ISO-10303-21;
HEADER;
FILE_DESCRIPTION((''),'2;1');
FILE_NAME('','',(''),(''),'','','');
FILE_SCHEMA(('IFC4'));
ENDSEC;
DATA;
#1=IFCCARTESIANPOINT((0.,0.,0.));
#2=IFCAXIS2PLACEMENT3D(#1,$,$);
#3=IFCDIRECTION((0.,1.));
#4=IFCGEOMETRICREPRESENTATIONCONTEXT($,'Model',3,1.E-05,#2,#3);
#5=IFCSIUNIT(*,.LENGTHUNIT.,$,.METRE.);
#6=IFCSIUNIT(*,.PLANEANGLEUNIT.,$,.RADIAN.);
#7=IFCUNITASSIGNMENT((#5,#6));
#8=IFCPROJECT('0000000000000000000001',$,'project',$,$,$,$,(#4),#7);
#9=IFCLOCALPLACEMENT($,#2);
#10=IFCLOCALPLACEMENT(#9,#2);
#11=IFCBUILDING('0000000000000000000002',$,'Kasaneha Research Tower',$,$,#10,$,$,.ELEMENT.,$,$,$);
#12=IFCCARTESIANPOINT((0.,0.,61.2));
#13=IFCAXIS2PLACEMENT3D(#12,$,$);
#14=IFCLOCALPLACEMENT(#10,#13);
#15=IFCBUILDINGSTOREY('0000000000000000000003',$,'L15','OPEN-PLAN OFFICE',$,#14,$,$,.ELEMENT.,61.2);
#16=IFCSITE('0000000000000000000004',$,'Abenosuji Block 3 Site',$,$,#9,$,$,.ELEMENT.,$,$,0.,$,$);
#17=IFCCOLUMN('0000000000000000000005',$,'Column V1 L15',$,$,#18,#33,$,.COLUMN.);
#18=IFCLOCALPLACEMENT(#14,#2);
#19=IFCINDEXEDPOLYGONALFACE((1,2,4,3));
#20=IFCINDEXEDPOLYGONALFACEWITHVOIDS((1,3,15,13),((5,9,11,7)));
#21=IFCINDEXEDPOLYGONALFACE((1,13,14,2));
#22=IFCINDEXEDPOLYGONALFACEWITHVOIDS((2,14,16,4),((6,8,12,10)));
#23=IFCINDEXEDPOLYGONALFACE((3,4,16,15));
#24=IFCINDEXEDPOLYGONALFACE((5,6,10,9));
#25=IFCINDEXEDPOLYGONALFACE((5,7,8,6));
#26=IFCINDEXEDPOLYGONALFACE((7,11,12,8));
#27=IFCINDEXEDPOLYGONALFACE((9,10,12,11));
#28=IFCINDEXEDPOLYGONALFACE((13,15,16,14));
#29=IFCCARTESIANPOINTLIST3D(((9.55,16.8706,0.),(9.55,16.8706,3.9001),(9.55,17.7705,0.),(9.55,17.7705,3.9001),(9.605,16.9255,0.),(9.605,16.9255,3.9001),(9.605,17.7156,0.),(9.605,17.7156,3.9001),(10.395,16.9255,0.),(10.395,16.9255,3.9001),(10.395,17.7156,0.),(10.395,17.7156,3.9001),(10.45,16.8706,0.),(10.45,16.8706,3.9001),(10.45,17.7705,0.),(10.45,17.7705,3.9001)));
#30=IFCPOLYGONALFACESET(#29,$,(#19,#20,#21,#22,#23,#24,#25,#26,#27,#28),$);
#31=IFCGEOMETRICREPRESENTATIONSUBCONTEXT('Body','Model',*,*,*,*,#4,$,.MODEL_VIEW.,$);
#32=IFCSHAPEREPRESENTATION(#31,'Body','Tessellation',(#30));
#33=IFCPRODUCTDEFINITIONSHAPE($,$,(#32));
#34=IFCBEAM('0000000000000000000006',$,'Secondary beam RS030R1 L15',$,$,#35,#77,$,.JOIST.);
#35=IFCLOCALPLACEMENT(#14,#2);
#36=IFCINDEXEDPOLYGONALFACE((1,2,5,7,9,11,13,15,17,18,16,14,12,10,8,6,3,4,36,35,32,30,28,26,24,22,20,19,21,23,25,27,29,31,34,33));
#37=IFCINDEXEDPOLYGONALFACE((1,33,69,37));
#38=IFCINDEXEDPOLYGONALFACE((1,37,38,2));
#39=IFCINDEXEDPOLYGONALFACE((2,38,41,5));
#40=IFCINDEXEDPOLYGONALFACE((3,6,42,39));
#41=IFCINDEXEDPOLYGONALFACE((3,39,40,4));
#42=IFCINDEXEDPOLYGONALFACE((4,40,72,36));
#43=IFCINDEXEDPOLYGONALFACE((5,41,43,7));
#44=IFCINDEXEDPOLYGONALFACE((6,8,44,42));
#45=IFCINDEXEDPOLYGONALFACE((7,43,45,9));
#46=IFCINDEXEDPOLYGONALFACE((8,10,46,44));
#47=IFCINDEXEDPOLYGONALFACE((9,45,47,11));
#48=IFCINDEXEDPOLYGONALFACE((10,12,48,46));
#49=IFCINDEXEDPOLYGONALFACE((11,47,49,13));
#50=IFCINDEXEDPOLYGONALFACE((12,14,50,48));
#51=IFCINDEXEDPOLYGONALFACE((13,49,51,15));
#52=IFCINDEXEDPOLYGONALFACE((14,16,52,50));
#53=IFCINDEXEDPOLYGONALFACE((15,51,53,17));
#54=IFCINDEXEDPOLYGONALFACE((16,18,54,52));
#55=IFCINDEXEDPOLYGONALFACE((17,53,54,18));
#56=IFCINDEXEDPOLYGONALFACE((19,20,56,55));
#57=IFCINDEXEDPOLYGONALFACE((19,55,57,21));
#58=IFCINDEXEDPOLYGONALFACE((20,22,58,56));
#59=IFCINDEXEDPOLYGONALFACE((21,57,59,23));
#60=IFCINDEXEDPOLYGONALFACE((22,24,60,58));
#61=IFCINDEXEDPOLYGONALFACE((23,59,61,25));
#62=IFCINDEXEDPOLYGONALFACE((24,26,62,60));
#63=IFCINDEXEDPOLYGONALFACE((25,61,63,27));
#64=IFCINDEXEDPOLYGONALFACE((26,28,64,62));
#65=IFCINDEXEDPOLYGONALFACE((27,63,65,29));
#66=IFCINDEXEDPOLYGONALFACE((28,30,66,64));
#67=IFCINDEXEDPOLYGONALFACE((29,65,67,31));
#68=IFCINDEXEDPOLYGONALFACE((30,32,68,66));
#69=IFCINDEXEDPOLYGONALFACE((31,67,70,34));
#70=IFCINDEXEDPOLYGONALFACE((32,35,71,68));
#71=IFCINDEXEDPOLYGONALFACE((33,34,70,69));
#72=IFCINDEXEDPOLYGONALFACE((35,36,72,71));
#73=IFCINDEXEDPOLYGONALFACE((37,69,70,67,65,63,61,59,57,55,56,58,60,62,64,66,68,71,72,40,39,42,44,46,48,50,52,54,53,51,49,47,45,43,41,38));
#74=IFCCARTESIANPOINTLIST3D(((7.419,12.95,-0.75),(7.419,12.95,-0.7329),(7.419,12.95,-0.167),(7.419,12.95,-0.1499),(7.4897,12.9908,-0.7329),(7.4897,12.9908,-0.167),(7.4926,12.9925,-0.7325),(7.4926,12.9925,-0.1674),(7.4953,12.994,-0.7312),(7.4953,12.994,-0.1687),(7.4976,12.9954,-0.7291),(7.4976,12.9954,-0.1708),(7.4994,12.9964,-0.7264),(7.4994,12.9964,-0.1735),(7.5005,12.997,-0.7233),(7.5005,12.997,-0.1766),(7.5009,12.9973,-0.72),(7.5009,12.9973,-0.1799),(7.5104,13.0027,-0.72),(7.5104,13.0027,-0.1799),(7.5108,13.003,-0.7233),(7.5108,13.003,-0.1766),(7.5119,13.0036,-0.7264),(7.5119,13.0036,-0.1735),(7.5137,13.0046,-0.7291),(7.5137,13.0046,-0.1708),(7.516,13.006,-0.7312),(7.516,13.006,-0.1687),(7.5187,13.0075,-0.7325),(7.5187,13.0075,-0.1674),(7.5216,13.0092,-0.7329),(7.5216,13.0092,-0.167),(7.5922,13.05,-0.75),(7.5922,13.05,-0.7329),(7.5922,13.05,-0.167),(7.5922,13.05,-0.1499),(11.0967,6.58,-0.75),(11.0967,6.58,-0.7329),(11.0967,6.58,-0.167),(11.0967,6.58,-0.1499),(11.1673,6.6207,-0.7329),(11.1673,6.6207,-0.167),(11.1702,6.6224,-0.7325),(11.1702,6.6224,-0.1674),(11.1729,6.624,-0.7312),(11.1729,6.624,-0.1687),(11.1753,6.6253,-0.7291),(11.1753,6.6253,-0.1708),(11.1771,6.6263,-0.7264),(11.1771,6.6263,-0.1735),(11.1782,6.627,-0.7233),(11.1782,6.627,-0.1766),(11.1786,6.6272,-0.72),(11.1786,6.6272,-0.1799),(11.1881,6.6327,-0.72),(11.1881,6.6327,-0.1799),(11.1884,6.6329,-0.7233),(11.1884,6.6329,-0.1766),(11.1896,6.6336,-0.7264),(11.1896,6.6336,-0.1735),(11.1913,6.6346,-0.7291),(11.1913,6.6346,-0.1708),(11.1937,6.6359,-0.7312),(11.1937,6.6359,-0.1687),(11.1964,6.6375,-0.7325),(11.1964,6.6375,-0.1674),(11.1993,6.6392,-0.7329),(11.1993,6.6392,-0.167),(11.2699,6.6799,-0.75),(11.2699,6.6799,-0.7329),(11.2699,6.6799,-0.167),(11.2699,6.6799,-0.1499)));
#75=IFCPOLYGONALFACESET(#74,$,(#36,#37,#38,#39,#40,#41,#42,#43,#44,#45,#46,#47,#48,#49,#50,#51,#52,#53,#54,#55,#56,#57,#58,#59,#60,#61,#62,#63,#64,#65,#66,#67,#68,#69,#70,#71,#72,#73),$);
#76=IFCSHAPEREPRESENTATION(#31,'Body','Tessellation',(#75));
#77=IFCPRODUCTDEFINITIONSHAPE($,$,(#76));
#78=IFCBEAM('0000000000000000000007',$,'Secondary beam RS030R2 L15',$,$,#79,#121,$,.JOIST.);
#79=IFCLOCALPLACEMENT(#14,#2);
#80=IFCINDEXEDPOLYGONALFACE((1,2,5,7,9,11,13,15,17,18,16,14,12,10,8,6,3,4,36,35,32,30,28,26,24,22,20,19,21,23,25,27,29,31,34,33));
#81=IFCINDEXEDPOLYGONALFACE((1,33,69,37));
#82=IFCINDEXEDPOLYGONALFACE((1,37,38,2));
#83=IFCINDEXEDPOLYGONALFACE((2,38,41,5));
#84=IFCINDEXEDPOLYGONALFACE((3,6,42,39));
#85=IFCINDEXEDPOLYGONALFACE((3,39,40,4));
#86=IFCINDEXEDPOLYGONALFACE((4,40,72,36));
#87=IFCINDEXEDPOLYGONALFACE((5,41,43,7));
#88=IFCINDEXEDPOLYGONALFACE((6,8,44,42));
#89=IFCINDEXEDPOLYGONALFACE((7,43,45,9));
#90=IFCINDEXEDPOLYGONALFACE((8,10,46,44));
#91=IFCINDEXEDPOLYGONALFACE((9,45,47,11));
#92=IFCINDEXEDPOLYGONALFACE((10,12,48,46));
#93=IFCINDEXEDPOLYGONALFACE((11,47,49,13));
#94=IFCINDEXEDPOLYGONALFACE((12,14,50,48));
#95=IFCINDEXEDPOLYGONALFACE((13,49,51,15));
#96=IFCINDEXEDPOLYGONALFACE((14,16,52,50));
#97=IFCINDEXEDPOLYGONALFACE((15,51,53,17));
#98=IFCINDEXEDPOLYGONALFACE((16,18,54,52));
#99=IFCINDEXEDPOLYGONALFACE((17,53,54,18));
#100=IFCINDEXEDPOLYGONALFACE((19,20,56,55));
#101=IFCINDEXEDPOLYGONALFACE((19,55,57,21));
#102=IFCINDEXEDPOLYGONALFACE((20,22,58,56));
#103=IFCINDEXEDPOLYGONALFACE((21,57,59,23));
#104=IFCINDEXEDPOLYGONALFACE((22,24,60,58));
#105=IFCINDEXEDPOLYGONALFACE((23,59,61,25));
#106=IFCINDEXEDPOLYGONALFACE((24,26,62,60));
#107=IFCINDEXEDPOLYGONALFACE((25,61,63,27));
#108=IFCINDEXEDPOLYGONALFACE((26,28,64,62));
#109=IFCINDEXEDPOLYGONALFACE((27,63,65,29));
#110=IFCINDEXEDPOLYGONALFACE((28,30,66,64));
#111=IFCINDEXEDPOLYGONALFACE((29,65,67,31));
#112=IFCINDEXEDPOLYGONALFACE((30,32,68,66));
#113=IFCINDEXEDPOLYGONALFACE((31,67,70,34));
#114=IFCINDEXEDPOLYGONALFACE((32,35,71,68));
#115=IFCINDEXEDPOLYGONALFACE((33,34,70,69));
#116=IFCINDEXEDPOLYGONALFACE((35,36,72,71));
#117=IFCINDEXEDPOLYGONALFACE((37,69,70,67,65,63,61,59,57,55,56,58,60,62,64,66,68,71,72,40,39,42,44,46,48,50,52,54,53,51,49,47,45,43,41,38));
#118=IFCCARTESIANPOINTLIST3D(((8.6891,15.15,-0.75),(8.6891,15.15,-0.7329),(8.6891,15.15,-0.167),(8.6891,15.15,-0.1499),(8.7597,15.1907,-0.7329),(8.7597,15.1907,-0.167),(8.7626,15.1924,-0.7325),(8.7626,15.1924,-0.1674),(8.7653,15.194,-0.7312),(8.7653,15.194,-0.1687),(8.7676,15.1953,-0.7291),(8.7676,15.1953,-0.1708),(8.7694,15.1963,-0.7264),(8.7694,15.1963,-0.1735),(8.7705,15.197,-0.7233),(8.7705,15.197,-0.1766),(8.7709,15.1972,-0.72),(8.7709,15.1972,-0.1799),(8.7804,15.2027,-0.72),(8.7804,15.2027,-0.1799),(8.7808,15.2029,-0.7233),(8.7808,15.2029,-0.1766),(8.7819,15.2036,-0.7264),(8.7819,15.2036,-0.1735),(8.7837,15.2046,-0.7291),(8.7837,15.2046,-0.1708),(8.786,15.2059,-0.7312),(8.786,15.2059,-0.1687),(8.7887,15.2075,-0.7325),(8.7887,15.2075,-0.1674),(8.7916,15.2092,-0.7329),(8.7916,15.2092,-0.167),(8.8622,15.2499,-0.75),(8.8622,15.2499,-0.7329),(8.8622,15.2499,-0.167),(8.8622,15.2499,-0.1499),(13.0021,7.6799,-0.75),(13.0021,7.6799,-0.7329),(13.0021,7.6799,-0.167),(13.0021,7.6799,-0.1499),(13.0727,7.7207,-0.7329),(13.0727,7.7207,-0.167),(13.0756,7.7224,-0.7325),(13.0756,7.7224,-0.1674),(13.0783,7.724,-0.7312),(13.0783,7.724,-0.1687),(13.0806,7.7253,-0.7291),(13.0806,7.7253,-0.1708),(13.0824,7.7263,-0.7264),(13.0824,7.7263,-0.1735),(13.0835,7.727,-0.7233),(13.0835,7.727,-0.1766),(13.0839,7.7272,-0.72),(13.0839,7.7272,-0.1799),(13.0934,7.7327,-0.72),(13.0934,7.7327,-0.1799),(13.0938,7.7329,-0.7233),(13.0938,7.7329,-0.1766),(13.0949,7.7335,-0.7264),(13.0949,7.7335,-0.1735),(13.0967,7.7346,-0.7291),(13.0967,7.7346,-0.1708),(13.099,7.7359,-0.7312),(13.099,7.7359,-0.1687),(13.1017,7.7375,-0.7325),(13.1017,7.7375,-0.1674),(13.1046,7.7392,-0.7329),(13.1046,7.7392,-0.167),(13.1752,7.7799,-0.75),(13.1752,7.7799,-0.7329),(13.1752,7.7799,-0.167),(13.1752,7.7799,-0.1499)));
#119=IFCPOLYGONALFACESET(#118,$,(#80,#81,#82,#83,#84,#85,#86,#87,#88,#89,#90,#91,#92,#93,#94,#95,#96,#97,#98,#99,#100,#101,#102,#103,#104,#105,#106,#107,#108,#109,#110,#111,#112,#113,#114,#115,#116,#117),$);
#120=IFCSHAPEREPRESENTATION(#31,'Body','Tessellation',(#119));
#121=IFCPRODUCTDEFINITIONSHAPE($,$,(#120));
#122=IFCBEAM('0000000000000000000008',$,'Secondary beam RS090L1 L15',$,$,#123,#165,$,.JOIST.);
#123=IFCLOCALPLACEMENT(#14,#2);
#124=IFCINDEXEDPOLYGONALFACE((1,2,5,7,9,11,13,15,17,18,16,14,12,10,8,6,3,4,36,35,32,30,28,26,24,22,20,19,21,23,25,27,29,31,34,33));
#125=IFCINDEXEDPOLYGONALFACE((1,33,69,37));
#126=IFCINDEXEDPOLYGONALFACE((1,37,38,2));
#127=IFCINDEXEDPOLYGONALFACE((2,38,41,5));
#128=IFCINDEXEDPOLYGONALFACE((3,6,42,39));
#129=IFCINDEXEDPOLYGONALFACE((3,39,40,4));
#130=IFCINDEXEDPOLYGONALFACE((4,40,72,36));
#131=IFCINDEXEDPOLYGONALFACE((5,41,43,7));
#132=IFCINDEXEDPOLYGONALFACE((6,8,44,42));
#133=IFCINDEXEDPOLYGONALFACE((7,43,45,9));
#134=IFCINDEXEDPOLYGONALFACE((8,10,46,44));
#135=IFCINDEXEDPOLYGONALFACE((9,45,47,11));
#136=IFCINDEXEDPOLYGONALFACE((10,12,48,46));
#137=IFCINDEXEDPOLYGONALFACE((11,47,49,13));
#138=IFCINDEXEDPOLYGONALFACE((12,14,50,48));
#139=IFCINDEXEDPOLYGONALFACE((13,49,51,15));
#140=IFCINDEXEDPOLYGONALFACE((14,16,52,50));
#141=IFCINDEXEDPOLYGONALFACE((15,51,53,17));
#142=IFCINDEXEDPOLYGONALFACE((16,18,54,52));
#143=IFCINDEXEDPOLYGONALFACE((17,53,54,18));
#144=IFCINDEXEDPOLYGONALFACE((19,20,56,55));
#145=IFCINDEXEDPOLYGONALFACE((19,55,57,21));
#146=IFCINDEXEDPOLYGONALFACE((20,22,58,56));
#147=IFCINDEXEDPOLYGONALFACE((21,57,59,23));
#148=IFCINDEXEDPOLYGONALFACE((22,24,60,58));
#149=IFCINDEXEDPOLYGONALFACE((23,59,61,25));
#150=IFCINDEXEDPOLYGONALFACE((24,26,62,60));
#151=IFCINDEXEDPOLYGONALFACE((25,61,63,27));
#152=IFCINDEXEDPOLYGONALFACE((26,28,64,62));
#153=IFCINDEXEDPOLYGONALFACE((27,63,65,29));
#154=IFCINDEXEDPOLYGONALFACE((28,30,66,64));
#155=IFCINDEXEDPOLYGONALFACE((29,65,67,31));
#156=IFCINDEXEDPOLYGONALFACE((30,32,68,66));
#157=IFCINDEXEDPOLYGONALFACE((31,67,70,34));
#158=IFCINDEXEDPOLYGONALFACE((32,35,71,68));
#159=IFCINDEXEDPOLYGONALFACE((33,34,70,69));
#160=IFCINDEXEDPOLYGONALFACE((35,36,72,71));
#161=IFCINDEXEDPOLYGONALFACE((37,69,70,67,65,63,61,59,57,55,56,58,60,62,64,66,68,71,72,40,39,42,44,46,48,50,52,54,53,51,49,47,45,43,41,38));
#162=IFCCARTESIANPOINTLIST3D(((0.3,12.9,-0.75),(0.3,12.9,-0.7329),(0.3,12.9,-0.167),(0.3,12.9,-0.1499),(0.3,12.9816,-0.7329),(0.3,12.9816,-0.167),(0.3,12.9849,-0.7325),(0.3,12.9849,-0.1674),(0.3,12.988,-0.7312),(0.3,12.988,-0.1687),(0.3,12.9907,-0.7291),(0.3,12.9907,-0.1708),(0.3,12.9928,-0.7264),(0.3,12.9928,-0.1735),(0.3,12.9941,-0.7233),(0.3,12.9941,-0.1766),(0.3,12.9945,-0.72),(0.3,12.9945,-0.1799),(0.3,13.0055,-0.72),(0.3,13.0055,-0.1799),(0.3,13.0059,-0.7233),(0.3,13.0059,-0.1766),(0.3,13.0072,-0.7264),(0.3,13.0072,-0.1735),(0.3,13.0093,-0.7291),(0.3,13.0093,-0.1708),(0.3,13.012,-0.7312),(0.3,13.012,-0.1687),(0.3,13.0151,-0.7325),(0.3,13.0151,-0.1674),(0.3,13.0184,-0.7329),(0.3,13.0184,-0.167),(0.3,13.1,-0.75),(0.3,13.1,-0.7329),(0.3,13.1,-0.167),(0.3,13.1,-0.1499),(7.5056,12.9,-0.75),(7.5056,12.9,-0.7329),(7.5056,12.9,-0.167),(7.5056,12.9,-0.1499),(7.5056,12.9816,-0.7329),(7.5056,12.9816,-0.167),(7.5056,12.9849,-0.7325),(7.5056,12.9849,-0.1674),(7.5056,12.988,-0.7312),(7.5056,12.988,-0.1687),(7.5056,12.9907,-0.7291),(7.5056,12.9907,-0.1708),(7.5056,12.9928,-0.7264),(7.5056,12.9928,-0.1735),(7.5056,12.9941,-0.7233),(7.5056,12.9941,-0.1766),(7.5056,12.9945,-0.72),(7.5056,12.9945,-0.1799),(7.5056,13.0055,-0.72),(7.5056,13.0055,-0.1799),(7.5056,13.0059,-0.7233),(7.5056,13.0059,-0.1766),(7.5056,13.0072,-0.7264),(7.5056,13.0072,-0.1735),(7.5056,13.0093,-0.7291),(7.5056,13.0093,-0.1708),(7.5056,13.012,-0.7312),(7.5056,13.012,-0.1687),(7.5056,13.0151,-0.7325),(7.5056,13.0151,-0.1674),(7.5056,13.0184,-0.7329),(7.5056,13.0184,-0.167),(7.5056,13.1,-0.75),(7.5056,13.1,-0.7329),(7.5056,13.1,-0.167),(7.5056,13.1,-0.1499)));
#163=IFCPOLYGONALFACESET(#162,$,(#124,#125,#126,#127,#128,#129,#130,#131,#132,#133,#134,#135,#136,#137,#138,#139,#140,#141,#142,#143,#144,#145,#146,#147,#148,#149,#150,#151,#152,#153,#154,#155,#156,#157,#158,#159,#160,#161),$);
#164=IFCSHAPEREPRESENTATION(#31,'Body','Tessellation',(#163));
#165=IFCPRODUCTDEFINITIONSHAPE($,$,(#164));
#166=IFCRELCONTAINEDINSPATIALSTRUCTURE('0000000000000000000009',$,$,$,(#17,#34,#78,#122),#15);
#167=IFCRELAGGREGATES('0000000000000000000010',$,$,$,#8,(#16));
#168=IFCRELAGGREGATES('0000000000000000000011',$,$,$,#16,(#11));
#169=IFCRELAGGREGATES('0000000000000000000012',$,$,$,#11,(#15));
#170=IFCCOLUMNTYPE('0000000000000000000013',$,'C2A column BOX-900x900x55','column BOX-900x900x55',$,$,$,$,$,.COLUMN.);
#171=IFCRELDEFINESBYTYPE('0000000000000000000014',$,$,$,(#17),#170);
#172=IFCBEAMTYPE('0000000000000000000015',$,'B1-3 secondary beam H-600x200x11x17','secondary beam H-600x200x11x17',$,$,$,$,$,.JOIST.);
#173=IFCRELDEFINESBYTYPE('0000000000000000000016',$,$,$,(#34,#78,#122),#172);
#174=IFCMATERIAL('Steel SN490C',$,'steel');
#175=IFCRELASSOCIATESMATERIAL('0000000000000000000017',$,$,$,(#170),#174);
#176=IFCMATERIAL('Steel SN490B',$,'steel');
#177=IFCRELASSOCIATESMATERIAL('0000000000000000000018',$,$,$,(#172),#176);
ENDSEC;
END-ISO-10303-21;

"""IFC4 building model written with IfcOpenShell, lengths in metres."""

from ifc_helpers import new_model, si_unit, direction, frame, origin, origin_2d, place, context, subcontext, project, spatial, hollow_rectangle, i_section, extrude, material, material_profile, profile_set, type_object, element, save


model = new_model("IFC4")

# Units and contexts
model_context = context("Model", 3, precision=1e-05, world=origin(), true_north=direction((0.0, 1.0)))
body_context = subcontext(model_context, "Body", "Model", "MODEL_VIEW")
ifc_project = project(units=[si_unit("LENGTHUNIT", "METRE"), si_unit("PLANEANGLEUNIT", "RADIAN")], contexts=[model_context])

# Site, building, storey
site_placement = place(None, origin())
site = spatial("IfcSite", under=ifc_project, at=site_placement, Name="Abenosuji Block 3 Site", CompositionType="ELEMENT", RefElevation=0.0)
building_placement = place(site_placement, origin())
building = spatial("IfcBuilding", under=site, at=building_placement, Name="Kasaneha Research Tower", CompositionType="ELEMENT")
storey_placement = place(building_placement, frame((0.0, 0.0, 61.2)))
storey = spatial("IfcBuildingStorey", under=building, at=storey_placement, Name="L15", Description="OPEN-PLAN OFFICE", CompositionType="ELEMENT", Elevation=61.2)

# Column
ifc_material_1 = material(Name="Steel SN490C", Category="steel")
ifc_material_profile_1 = material_profile(ifc_material_1, hollow_rectangle(XDim=0.8999, YDim=0.8999, WallThickness=0.0549, at=origin_2d()), Name="BOX-900x900x55")
ifc_profile_set_1 = profile_set([ifc_material_profile_1], Name="Steel SN490C")
column_type = type_object("IfcColumnType", Name="C2A column BOX-900x900x55", Description="column BOX-900x900x55", PredefinedType="COLUMN", material=ifc_profile_set_1)
column_placement = place(storey_placement, frame((10.0, 17.3206, 0.0), z_axis=(0.0, 0.0, 1.0), x_axis=(1.0, 0.0, 0.0)))
element("IfcColumn", 1, at=column_placement, inside=storey, type_object=column_type, Name="Column V1 L15", PredefinedType="COLUMN", context=body_context, shape_type="SweptSolid", body=[
    extrude(hollow_rectangle(XDim=0.8999, YDim=0.8999, WallThickness=0.0549, at=origin_2d()), origin(), (0.0, 0.0, 1.0), 3.9001),
])

# Beams
ifc_material_2 = material(Name="Steel SN490B", Category="steel")
ifc_material_profile_2 = material_profile(ifc_material_2, i_section(OverallWidth=0.2, OverallDepth=0.6001, WebThickness=0.011, FlangeThickness=0.0171, FilletRadius=0.0129, at=origin_2d()), Name="H-600x200x11x17")
ifc_profile_set_2 = profile_set([ifc_material_profile_2], Name="Steel SN490B")
beam_type_1 = type_object("IfcBeamType", Name="B1-3 secondary beam H-600x200x11x17", Description="secondary beam H-600x200x11x17", PredefinedType="JOIST", material=ifc_profile_set_2)
beam_1_placement = place(storey_placement, frame((7.5056, 13.0, -0.45), z_axis=(0.499994, -0.866029, 0.0), x_axis=(0.866029, 0.499994, 0.0)))
element("IfcBeam", 2, at=beam_1_placement, inside=storey, type_object=beam_type_1, Name="Secondary beam RS030R1 L15", PredefinedType="JOIST", context=body_context, shape_type="SweptSolid", body=[
    extrude(i_section(OverallWidth=0.2, OverallDepth=0.6001, WebThickness=0.011, FlangeThickness=0.0171, FilletRadius=0.0129, at=origin_2d()), origin(), (0.0, 0.0, 1.0), 7.3555),
])
beam_2_placement = place(storey_placement, frame((8.7756, 15.2, -0.45), z_axis=(0.500017, -0.866015, 0.0), x_axis=(0.866015, 0.500017, 0.0)))
element("IfcBeam", 3, at=beam_2_placement, inside=storey, type_object=beam_type_1, Name="Secondary beam RS030R2 L15", PredefinedType="JOIST", context=body_context, shape_type="SweptSolid", body=[
    extrude(i_section(OverallWidth=0.2, OverallDepth=0.6001, WebThickness=0.011, FlangeThickness=0.0171, FilletRadius=0.0129, at=origin_2d()), origin(), (0.0, 0.0, 1.0), 8.6257),
])
beam_3_placement = place(storey_placement, frame((7.5056, 13.0, -0.45), z_axis=(-1.0, 0.0, 0.0), x_axis=(0.0, -1.0, 0.0)))
element("IfcBeam", 4, at=beam_3_placement, inside=storey, type_object=beam_type_1, Name="Secondary beam RS090L1 L15", PredefinedType="JOIST", context=body_context, shape_type="SweptSolid", body=[
    extrude(i_section(OverallWidth=0.2, OverallDepth=0.6001, WebThickness=0.011, FlangeThickness=0.0171, FilletRadius=0.0129, at=origin_2d()), origin(), (0.0, 0.0, 1.0), 7.2056),
])

save(model, "model.ifc")
